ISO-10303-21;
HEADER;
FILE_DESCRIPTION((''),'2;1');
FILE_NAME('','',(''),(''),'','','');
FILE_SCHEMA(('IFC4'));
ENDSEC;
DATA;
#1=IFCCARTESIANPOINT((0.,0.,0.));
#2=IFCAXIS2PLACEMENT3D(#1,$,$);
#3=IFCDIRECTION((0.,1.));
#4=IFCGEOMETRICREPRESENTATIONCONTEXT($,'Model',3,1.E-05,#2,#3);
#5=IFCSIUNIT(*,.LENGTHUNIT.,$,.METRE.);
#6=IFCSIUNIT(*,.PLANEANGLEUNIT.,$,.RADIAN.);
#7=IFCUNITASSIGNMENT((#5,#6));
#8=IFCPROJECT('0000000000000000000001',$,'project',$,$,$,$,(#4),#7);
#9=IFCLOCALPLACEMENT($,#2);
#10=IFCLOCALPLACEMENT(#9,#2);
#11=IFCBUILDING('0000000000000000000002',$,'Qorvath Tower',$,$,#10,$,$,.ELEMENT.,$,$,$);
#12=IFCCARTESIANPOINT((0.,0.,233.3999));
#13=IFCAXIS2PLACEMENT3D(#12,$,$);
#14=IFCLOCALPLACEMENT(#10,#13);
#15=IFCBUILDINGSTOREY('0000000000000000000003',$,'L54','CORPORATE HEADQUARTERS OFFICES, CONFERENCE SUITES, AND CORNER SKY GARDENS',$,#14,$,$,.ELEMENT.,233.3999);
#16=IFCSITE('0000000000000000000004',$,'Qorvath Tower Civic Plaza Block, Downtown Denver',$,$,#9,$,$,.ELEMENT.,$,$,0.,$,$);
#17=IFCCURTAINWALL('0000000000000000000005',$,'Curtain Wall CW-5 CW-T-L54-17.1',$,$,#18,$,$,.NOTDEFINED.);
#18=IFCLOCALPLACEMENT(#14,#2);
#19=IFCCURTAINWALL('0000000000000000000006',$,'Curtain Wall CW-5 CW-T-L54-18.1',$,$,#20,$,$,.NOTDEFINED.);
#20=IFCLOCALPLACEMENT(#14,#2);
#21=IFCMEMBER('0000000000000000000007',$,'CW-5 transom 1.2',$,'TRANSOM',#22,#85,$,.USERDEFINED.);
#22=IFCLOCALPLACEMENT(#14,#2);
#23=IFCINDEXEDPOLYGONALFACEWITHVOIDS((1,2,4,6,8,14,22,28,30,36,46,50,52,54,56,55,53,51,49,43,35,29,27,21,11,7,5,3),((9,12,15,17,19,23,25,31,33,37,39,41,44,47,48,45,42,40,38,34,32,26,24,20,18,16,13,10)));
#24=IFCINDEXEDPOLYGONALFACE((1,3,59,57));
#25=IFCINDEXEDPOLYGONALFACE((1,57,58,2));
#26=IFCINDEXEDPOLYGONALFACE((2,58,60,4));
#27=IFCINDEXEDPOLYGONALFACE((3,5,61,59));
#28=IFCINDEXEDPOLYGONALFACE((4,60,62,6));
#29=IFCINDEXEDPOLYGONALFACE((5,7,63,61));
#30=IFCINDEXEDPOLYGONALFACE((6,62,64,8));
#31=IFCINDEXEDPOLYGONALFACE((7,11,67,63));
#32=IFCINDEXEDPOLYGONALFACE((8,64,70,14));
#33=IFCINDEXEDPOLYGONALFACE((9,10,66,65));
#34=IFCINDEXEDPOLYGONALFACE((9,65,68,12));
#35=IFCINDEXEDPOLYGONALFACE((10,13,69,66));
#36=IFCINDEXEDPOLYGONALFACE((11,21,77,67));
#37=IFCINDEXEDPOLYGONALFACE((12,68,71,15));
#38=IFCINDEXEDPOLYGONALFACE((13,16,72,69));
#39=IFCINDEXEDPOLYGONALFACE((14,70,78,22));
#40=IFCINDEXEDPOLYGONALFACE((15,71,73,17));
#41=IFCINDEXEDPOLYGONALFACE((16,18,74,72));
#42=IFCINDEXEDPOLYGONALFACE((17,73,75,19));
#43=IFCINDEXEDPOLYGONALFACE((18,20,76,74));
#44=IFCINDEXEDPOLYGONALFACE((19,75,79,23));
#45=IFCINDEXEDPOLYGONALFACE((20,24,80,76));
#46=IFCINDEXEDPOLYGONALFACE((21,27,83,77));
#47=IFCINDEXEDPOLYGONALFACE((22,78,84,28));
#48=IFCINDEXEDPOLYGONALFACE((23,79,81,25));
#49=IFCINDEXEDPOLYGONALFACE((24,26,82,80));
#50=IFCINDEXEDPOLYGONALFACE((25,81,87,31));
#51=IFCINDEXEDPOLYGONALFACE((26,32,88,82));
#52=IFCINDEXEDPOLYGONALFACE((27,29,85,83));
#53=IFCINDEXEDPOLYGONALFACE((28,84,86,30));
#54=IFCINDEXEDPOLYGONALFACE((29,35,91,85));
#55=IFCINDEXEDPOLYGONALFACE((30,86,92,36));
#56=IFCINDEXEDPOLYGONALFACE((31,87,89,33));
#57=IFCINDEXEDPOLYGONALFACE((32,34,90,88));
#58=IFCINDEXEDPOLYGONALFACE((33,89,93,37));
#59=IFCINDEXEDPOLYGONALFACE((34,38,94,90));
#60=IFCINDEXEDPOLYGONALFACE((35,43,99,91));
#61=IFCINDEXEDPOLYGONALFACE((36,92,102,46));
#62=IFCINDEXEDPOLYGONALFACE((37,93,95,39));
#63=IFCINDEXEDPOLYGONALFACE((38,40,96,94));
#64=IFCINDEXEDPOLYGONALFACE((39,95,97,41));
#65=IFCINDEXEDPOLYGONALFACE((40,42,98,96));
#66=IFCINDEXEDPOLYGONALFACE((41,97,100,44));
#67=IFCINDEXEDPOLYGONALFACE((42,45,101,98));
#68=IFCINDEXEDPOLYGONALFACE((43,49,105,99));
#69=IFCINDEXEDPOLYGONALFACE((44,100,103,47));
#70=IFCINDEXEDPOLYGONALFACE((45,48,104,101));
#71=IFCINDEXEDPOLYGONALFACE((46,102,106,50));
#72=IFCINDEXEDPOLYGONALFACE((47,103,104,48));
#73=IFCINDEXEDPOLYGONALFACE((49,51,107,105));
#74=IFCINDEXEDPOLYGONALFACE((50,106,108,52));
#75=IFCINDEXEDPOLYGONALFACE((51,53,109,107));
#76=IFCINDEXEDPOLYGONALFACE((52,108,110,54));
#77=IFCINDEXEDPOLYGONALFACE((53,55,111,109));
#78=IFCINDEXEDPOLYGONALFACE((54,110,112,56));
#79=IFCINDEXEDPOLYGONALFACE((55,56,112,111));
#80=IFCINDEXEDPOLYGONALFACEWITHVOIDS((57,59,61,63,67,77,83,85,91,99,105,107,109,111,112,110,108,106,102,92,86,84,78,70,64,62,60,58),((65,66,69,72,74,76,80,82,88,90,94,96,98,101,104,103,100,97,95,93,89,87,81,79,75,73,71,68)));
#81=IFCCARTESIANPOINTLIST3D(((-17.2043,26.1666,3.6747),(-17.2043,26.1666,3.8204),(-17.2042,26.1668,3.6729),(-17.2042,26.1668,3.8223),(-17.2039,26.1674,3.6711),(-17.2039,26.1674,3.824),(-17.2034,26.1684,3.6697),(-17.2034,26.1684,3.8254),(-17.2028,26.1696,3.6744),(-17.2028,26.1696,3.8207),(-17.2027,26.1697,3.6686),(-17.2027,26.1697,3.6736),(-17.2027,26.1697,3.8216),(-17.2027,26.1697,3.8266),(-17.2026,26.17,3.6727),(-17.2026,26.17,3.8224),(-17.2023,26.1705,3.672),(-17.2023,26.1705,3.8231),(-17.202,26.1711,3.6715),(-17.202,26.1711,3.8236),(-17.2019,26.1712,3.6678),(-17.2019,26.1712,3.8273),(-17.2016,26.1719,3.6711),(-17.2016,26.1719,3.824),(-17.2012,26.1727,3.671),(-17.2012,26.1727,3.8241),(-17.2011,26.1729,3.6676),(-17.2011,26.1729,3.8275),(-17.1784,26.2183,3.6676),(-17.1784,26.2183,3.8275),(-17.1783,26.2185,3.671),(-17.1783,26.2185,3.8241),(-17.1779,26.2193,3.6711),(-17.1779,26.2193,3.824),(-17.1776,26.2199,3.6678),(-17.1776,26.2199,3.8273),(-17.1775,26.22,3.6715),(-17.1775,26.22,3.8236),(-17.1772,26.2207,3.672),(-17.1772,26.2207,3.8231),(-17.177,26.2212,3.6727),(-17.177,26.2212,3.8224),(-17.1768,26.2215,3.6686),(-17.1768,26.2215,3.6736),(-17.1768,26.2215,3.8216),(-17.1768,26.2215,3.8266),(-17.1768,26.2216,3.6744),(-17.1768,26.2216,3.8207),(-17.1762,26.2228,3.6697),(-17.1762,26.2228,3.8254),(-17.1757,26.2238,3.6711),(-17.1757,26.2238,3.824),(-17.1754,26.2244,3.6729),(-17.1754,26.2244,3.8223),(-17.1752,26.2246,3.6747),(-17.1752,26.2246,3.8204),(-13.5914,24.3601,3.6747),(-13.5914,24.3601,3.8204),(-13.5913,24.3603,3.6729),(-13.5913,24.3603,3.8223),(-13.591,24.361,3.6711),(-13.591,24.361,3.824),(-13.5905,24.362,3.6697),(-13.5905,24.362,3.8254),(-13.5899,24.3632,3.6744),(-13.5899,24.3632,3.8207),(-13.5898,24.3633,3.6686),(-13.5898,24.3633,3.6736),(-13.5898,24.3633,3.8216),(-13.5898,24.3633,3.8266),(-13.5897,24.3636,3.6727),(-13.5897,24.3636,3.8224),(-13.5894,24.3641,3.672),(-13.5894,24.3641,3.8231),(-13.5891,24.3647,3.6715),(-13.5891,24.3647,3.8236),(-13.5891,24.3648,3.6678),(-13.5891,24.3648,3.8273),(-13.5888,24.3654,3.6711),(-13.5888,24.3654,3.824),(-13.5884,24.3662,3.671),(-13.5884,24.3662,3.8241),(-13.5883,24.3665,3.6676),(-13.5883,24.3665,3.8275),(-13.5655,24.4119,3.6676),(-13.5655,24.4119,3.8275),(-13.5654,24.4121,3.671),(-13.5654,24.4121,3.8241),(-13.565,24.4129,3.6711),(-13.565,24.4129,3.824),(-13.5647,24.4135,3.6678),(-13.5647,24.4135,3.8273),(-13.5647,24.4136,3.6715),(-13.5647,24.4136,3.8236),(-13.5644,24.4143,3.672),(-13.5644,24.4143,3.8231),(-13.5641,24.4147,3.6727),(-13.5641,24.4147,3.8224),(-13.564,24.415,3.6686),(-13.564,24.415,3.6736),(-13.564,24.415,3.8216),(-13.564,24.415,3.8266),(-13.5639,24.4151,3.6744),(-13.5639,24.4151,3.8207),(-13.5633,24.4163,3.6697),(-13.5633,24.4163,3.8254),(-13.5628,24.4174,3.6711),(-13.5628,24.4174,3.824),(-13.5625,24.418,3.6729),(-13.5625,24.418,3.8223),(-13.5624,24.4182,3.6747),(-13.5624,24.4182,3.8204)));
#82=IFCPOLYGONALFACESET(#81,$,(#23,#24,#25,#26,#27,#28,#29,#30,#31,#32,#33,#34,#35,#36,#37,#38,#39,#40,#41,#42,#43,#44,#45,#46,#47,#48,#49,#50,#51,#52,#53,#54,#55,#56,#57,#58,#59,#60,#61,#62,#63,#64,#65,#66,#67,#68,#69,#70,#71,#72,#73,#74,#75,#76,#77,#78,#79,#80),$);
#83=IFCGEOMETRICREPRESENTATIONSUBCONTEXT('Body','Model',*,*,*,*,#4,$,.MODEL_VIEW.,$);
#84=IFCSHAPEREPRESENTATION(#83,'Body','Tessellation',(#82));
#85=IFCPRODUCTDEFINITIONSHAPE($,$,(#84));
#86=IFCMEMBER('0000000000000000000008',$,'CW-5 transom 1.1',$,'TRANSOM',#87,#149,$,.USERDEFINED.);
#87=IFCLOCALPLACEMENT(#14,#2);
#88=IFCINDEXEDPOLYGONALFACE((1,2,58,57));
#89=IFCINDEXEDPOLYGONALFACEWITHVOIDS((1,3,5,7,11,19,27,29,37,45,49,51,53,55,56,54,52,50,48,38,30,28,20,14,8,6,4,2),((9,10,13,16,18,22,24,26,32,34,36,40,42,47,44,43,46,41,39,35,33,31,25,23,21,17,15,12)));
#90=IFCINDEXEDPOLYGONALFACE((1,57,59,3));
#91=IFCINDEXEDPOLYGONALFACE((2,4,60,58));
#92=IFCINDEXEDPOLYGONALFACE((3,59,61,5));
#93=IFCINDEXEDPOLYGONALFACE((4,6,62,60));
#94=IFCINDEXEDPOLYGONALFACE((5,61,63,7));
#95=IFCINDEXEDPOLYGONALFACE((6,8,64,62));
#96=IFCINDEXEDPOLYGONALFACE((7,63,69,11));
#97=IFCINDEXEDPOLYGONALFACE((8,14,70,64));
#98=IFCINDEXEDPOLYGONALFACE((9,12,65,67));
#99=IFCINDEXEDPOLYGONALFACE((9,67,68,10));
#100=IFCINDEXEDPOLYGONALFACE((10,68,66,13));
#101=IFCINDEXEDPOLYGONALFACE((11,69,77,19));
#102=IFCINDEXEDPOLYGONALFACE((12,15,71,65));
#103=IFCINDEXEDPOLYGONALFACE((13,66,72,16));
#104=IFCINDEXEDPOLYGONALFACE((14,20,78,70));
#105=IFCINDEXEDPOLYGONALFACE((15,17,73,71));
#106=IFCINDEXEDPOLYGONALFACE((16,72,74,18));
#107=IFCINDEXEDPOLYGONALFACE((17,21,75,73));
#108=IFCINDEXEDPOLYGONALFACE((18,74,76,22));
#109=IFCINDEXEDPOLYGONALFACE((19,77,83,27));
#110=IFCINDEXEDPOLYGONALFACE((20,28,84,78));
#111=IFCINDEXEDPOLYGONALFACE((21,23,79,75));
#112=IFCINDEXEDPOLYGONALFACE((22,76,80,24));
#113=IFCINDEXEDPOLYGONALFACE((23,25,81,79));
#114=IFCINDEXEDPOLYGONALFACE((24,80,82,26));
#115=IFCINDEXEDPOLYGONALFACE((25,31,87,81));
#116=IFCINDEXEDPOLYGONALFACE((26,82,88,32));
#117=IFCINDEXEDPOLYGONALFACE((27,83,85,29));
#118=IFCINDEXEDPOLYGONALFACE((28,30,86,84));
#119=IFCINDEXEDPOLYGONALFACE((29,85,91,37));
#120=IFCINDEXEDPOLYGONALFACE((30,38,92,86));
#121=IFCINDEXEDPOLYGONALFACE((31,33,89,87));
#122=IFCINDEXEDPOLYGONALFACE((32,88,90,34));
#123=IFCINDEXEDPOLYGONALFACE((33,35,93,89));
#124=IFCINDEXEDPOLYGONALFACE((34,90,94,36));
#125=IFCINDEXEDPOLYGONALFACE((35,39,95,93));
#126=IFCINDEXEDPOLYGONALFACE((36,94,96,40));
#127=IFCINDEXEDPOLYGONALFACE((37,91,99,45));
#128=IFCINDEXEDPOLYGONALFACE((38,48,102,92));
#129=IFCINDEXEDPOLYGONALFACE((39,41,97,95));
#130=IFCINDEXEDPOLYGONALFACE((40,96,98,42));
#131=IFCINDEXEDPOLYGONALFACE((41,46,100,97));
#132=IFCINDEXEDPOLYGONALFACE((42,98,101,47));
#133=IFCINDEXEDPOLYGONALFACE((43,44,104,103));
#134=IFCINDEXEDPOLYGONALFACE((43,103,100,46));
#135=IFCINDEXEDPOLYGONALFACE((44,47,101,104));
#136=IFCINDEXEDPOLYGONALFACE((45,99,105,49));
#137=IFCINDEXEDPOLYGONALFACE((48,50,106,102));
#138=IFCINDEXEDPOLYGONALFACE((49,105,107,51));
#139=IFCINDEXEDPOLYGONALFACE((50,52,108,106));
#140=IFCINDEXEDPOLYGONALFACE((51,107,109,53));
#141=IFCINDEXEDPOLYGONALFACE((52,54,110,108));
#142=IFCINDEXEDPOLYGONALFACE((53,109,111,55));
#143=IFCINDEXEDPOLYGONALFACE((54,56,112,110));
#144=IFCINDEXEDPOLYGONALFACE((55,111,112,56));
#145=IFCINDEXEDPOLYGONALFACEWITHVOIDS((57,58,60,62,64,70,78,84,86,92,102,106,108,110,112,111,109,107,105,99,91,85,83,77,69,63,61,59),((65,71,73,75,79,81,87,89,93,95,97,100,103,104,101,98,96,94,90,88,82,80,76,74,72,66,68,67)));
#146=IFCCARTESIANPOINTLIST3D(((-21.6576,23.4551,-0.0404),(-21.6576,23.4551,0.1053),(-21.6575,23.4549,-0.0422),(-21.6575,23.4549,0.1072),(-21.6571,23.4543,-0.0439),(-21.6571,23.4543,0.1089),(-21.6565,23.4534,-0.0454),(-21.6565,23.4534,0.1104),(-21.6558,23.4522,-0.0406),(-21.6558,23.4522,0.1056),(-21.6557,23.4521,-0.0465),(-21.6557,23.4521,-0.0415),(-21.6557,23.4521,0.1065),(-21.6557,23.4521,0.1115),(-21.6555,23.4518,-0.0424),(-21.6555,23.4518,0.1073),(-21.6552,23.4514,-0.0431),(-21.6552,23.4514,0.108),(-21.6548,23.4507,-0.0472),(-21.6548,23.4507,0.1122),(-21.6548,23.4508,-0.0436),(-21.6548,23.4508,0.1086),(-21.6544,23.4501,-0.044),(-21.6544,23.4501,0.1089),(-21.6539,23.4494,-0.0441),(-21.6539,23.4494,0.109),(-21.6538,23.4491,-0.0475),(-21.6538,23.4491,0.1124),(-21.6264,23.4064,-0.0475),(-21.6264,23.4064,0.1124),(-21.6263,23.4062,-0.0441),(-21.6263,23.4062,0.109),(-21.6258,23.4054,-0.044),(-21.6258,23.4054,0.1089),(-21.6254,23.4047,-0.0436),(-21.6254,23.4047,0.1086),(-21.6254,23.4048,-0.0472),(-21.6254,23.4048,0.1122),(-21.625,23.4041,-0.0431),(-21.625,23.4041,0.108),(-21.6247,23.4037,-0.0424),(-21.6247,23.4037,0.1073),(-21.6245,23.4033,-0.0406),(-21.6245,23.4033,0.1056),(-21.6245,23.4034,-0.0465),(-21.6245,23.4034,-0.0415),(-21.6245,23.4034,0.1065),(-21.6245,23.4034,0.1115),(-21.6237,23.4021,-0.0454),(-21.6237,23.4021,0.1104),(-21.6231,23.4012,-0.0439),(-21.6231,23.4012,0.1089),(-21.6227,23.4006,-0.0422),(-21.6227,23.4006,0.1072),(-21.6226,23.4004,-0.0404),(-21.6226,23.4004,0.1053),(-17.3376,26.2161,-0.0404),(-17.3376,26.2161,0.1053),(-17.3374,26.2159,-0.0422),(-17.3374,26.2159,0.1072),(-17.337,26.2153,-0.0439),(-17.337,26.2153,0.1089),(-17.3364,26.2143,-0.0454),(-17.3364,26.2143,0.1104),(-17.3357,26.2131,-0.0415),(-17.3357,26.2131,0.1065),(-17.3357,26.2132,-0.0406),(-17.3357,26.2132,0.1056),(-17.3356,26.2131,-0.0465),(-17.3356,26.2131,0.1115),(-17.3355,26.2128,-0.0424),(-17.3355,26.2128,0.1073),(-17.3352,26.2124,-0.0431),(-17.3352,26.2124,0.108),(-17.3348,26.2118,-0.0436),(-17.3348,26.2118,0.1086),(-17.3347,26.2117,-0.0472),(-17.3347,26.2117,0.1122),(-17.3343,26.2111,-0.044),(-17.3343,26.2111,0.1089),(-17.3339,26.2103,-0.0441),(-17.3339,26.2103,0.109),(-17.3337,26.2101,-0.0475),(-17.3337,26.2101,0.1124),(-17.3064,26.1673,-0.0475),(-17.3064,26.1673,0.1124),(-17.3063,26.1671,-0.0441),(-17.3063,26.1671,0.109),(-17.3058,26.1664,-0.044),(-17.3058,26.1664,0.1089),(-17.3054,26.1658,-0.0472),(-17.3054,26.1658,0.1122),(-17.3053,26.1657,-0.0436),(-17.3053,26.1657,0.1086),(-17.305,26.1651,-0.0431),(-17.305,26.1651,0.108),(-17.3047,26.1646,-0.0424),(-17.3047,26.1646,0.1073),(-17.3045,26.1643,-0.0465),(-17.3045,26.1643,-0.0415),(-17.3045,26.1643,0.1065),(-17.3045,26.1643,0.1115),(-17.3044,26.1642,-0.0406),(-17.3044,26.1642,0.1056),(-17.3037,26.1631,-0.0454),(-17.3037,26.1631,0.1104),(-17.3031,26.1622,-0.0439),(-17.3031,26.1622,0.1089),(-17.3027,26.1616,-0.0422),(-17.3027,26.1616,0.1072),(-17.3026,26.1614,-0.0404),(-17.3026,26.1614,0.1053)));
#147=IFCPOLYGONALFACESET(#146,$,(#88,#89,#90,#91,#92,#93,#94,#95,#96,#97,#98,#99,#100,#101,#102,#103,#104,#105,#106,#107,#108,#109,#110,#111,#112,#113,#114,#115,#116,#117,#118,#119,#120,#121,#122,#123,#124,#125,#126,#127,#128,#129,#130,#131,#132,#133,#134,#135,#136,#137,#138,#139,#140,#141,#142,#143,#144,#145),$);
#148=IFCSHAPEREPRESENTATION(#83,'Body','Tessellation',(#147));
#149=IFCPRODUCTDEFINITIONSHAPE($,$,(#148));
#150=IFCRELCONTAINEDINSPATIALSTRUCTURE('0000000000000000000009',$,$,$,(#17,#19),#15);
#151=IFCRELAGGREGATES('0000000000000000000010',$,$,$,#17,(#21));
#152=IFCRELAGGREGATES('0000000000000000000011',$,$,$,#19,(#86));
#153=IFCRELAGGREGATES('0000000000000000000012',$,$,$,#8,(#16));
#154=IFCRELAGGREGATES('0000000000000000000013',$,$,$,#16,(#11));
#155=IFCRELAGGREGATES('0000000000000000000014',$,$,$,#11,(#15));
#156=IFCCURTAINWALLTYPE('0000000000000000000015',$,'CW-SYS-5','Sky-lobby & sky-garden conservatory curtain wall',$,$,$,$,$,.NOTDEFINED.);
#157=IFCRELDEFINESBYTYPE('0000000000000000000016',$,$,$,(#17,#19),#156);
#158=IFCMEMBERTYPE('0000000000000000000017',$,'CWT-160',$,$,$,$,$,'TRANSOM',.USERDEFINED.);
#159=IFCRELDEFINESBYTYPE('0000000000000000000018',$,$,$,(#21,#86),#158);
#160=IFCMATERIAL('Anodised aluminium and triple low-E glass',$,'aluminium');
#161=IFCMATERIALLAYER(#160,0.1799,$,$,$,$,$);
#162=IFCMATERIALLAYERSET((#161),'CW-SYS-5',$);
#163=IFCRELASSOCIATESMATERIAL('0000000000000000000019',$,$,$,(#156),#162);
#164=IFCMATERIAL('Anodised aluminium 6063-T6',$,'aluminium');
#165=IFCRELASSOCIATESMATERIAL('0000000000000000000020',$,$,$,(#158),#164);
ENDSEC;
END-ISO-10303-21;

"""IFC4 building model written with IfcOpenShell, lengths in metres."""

from ifc_helpers import new_model, si_unit, direction, frame, origin, origin_2d, place, context, subcontext, project, spatial, hollow_rectangle, extrude, material, layer, layer_set, material_profile, profile_set, type_object, element, aggregate, save


model = new_model("IFC4")

# Units and contexts
model_context = context("Model", 3, precision=1e-05, world=origin(), true_north=direction((0.0, 1.0)))
body_context = subcontext(model_context, "Body", "Model", "MODEL_VIEW")
ifc_project = project(units=[si_unit("LENGTHUNIT", "METRE"), si_unit("PLANEANGLEUNIT", "RADIAN")], contexts=[model_context])

# Site, building, storey
site_placement = place(None, origin())
site = spatial("IfcSite", under=ifc_project, at=site_placement, Name="Qorvath Tower Civic Plaza Block, Downtown Denver", CompositionType="ELEMENT", RefElevation=0.0)
building_placement = place(site_placement, origin())
building = spatial("IfcBuilding", under=site, at=building_placement, Name="Qorvath Tower", CompositionType="ELEMENT")
storey_placement = place(building_placement, frame((0.0, 0.0, 233.3999)))
storey = spatial("IfcBuildingStorey", under=building, at=storey_placement, Name="L54", Description="CORPORATE HEADQUARTERS OFFICES, CONFERENCE SUITES, AND CORNER SKY GARDENS", CompositionType="ELEMENT", Elevation=233.3999)

# Shared definitions
ifc_material_1 = material(Name="Anodised aluminium and triple low-E glass", Category="aluminium")
ifc_layer_1 = layer(ifc_material_1, 0.1799)
ifc_layer_set_1 = layer_set([ifc_layer_1], Name="CW-SYS-5")
curtain_wall_type = type_object("IfcCurtainWallType", Name="CW-SYS-5", Description="Sky-lobby & sky-garden conservatory curtain wall", PredefinedType="NOTDEFINED", material=ifc_layer_set_1)

# Curtain wall
curtain_wall_1_placement = place(storey_placement, origin())
curtain_wall_1 = element("IfcCurtainWall", 1, at=curtain_wall_1_placement, inside=storey, type_object=curtain_wall_type, Name="Curtain Wall CW-5 CW-T-L54-17.1", PredefinedType="NOTDEFINED")

# Curtain wall
curtain_wall_2_placement = place(storey_placement, origin())
curtain_wall_2 = element("IfcCurtainWall", 2, at=curtain_wall_2_placement, inside=storey, type_object=curtain_wall_type, Name="Curtain Wall CW-5 CW-T-L54-18.1", PredefinedType="NOTDEFINED")

# Members
ifc_material_2 = material(Name="Anodised aluminium 6063-T6", Category="aluminium")
ifc_material_profile_1 = material_profile(ifc_material_2, hollow_rectangle(XDim=0.0649, YDim=0.1599, WallThickness=0.0034, InnerFilletRadius=0.0034, OuterFilletRadius=0.0071, at=origin_2d()), Name="CWT 160x65")
ifc_profile_set_1 = profile_set([ifc_material_profile_1], Name="Anodised aluminium 6063-T6")
member_type_1 = type_object("IfcMemberType", Name="CWT-160", ElementType="TRANSOM", PredefinedType="USERDEFINED", material=ifc_profile_set_1)
member_1_placement = place(storey_placement, frame((-13.5769, 24.3892, 3.7476), z_axis=(-0.894427, 0.447214, 0.0), x_axis=(-0.447214, -0.894427, 0.0)))
member_1 = element("IfcMember", 3, at=member_1_placement, type_object=member_type_1, Name="CW-5 transom 1.2", ObjectType="TRANSOM", PredefinedType="USERDEFINED", context=body_context, shape_type="SweptSolid", body=[
    extrude(hollow_rectangle(XDim=0.0649, YDim=0.1599, WallThickness=0.0034, InnerFilletRadius=0.0034, OuterFilletRadius=0.0071, at=origin_2d()), origin(), (0.0, 0.0, 1.0), 4.0393),
])
member_2_placement = place(storey_placement, frame((-17.3201, 26.1887, 0.0325), z_axis=(-0.842613, -0.53852, 0.0), x_axis=(0.53852, -0.842613, 0.0)))
member_2 = element("IfcMember", 4, at=member_2_placement, type_object=member_type_1, Name="CW-5 transom 1.1", ObjectType="TRANSOM", PredefinedType="USERDEFINED", context=body_context, shape_type="SweptSolid", body=[
    extrude(hollow_rectangle(XDim=0.0649, YDim=0.1599, WallThickness=0.0034, InnerFilletRadius=0.0034, OuterFilletRadius=0.0071, at=origin_2d()), origin(), (0.0, 0.0, 1.0), 5.127),
])

aggregate(curtain_wall_1, [member_1])
aggregate(curtain_wall_2, [member_2])

save(model, "model.ifc")
